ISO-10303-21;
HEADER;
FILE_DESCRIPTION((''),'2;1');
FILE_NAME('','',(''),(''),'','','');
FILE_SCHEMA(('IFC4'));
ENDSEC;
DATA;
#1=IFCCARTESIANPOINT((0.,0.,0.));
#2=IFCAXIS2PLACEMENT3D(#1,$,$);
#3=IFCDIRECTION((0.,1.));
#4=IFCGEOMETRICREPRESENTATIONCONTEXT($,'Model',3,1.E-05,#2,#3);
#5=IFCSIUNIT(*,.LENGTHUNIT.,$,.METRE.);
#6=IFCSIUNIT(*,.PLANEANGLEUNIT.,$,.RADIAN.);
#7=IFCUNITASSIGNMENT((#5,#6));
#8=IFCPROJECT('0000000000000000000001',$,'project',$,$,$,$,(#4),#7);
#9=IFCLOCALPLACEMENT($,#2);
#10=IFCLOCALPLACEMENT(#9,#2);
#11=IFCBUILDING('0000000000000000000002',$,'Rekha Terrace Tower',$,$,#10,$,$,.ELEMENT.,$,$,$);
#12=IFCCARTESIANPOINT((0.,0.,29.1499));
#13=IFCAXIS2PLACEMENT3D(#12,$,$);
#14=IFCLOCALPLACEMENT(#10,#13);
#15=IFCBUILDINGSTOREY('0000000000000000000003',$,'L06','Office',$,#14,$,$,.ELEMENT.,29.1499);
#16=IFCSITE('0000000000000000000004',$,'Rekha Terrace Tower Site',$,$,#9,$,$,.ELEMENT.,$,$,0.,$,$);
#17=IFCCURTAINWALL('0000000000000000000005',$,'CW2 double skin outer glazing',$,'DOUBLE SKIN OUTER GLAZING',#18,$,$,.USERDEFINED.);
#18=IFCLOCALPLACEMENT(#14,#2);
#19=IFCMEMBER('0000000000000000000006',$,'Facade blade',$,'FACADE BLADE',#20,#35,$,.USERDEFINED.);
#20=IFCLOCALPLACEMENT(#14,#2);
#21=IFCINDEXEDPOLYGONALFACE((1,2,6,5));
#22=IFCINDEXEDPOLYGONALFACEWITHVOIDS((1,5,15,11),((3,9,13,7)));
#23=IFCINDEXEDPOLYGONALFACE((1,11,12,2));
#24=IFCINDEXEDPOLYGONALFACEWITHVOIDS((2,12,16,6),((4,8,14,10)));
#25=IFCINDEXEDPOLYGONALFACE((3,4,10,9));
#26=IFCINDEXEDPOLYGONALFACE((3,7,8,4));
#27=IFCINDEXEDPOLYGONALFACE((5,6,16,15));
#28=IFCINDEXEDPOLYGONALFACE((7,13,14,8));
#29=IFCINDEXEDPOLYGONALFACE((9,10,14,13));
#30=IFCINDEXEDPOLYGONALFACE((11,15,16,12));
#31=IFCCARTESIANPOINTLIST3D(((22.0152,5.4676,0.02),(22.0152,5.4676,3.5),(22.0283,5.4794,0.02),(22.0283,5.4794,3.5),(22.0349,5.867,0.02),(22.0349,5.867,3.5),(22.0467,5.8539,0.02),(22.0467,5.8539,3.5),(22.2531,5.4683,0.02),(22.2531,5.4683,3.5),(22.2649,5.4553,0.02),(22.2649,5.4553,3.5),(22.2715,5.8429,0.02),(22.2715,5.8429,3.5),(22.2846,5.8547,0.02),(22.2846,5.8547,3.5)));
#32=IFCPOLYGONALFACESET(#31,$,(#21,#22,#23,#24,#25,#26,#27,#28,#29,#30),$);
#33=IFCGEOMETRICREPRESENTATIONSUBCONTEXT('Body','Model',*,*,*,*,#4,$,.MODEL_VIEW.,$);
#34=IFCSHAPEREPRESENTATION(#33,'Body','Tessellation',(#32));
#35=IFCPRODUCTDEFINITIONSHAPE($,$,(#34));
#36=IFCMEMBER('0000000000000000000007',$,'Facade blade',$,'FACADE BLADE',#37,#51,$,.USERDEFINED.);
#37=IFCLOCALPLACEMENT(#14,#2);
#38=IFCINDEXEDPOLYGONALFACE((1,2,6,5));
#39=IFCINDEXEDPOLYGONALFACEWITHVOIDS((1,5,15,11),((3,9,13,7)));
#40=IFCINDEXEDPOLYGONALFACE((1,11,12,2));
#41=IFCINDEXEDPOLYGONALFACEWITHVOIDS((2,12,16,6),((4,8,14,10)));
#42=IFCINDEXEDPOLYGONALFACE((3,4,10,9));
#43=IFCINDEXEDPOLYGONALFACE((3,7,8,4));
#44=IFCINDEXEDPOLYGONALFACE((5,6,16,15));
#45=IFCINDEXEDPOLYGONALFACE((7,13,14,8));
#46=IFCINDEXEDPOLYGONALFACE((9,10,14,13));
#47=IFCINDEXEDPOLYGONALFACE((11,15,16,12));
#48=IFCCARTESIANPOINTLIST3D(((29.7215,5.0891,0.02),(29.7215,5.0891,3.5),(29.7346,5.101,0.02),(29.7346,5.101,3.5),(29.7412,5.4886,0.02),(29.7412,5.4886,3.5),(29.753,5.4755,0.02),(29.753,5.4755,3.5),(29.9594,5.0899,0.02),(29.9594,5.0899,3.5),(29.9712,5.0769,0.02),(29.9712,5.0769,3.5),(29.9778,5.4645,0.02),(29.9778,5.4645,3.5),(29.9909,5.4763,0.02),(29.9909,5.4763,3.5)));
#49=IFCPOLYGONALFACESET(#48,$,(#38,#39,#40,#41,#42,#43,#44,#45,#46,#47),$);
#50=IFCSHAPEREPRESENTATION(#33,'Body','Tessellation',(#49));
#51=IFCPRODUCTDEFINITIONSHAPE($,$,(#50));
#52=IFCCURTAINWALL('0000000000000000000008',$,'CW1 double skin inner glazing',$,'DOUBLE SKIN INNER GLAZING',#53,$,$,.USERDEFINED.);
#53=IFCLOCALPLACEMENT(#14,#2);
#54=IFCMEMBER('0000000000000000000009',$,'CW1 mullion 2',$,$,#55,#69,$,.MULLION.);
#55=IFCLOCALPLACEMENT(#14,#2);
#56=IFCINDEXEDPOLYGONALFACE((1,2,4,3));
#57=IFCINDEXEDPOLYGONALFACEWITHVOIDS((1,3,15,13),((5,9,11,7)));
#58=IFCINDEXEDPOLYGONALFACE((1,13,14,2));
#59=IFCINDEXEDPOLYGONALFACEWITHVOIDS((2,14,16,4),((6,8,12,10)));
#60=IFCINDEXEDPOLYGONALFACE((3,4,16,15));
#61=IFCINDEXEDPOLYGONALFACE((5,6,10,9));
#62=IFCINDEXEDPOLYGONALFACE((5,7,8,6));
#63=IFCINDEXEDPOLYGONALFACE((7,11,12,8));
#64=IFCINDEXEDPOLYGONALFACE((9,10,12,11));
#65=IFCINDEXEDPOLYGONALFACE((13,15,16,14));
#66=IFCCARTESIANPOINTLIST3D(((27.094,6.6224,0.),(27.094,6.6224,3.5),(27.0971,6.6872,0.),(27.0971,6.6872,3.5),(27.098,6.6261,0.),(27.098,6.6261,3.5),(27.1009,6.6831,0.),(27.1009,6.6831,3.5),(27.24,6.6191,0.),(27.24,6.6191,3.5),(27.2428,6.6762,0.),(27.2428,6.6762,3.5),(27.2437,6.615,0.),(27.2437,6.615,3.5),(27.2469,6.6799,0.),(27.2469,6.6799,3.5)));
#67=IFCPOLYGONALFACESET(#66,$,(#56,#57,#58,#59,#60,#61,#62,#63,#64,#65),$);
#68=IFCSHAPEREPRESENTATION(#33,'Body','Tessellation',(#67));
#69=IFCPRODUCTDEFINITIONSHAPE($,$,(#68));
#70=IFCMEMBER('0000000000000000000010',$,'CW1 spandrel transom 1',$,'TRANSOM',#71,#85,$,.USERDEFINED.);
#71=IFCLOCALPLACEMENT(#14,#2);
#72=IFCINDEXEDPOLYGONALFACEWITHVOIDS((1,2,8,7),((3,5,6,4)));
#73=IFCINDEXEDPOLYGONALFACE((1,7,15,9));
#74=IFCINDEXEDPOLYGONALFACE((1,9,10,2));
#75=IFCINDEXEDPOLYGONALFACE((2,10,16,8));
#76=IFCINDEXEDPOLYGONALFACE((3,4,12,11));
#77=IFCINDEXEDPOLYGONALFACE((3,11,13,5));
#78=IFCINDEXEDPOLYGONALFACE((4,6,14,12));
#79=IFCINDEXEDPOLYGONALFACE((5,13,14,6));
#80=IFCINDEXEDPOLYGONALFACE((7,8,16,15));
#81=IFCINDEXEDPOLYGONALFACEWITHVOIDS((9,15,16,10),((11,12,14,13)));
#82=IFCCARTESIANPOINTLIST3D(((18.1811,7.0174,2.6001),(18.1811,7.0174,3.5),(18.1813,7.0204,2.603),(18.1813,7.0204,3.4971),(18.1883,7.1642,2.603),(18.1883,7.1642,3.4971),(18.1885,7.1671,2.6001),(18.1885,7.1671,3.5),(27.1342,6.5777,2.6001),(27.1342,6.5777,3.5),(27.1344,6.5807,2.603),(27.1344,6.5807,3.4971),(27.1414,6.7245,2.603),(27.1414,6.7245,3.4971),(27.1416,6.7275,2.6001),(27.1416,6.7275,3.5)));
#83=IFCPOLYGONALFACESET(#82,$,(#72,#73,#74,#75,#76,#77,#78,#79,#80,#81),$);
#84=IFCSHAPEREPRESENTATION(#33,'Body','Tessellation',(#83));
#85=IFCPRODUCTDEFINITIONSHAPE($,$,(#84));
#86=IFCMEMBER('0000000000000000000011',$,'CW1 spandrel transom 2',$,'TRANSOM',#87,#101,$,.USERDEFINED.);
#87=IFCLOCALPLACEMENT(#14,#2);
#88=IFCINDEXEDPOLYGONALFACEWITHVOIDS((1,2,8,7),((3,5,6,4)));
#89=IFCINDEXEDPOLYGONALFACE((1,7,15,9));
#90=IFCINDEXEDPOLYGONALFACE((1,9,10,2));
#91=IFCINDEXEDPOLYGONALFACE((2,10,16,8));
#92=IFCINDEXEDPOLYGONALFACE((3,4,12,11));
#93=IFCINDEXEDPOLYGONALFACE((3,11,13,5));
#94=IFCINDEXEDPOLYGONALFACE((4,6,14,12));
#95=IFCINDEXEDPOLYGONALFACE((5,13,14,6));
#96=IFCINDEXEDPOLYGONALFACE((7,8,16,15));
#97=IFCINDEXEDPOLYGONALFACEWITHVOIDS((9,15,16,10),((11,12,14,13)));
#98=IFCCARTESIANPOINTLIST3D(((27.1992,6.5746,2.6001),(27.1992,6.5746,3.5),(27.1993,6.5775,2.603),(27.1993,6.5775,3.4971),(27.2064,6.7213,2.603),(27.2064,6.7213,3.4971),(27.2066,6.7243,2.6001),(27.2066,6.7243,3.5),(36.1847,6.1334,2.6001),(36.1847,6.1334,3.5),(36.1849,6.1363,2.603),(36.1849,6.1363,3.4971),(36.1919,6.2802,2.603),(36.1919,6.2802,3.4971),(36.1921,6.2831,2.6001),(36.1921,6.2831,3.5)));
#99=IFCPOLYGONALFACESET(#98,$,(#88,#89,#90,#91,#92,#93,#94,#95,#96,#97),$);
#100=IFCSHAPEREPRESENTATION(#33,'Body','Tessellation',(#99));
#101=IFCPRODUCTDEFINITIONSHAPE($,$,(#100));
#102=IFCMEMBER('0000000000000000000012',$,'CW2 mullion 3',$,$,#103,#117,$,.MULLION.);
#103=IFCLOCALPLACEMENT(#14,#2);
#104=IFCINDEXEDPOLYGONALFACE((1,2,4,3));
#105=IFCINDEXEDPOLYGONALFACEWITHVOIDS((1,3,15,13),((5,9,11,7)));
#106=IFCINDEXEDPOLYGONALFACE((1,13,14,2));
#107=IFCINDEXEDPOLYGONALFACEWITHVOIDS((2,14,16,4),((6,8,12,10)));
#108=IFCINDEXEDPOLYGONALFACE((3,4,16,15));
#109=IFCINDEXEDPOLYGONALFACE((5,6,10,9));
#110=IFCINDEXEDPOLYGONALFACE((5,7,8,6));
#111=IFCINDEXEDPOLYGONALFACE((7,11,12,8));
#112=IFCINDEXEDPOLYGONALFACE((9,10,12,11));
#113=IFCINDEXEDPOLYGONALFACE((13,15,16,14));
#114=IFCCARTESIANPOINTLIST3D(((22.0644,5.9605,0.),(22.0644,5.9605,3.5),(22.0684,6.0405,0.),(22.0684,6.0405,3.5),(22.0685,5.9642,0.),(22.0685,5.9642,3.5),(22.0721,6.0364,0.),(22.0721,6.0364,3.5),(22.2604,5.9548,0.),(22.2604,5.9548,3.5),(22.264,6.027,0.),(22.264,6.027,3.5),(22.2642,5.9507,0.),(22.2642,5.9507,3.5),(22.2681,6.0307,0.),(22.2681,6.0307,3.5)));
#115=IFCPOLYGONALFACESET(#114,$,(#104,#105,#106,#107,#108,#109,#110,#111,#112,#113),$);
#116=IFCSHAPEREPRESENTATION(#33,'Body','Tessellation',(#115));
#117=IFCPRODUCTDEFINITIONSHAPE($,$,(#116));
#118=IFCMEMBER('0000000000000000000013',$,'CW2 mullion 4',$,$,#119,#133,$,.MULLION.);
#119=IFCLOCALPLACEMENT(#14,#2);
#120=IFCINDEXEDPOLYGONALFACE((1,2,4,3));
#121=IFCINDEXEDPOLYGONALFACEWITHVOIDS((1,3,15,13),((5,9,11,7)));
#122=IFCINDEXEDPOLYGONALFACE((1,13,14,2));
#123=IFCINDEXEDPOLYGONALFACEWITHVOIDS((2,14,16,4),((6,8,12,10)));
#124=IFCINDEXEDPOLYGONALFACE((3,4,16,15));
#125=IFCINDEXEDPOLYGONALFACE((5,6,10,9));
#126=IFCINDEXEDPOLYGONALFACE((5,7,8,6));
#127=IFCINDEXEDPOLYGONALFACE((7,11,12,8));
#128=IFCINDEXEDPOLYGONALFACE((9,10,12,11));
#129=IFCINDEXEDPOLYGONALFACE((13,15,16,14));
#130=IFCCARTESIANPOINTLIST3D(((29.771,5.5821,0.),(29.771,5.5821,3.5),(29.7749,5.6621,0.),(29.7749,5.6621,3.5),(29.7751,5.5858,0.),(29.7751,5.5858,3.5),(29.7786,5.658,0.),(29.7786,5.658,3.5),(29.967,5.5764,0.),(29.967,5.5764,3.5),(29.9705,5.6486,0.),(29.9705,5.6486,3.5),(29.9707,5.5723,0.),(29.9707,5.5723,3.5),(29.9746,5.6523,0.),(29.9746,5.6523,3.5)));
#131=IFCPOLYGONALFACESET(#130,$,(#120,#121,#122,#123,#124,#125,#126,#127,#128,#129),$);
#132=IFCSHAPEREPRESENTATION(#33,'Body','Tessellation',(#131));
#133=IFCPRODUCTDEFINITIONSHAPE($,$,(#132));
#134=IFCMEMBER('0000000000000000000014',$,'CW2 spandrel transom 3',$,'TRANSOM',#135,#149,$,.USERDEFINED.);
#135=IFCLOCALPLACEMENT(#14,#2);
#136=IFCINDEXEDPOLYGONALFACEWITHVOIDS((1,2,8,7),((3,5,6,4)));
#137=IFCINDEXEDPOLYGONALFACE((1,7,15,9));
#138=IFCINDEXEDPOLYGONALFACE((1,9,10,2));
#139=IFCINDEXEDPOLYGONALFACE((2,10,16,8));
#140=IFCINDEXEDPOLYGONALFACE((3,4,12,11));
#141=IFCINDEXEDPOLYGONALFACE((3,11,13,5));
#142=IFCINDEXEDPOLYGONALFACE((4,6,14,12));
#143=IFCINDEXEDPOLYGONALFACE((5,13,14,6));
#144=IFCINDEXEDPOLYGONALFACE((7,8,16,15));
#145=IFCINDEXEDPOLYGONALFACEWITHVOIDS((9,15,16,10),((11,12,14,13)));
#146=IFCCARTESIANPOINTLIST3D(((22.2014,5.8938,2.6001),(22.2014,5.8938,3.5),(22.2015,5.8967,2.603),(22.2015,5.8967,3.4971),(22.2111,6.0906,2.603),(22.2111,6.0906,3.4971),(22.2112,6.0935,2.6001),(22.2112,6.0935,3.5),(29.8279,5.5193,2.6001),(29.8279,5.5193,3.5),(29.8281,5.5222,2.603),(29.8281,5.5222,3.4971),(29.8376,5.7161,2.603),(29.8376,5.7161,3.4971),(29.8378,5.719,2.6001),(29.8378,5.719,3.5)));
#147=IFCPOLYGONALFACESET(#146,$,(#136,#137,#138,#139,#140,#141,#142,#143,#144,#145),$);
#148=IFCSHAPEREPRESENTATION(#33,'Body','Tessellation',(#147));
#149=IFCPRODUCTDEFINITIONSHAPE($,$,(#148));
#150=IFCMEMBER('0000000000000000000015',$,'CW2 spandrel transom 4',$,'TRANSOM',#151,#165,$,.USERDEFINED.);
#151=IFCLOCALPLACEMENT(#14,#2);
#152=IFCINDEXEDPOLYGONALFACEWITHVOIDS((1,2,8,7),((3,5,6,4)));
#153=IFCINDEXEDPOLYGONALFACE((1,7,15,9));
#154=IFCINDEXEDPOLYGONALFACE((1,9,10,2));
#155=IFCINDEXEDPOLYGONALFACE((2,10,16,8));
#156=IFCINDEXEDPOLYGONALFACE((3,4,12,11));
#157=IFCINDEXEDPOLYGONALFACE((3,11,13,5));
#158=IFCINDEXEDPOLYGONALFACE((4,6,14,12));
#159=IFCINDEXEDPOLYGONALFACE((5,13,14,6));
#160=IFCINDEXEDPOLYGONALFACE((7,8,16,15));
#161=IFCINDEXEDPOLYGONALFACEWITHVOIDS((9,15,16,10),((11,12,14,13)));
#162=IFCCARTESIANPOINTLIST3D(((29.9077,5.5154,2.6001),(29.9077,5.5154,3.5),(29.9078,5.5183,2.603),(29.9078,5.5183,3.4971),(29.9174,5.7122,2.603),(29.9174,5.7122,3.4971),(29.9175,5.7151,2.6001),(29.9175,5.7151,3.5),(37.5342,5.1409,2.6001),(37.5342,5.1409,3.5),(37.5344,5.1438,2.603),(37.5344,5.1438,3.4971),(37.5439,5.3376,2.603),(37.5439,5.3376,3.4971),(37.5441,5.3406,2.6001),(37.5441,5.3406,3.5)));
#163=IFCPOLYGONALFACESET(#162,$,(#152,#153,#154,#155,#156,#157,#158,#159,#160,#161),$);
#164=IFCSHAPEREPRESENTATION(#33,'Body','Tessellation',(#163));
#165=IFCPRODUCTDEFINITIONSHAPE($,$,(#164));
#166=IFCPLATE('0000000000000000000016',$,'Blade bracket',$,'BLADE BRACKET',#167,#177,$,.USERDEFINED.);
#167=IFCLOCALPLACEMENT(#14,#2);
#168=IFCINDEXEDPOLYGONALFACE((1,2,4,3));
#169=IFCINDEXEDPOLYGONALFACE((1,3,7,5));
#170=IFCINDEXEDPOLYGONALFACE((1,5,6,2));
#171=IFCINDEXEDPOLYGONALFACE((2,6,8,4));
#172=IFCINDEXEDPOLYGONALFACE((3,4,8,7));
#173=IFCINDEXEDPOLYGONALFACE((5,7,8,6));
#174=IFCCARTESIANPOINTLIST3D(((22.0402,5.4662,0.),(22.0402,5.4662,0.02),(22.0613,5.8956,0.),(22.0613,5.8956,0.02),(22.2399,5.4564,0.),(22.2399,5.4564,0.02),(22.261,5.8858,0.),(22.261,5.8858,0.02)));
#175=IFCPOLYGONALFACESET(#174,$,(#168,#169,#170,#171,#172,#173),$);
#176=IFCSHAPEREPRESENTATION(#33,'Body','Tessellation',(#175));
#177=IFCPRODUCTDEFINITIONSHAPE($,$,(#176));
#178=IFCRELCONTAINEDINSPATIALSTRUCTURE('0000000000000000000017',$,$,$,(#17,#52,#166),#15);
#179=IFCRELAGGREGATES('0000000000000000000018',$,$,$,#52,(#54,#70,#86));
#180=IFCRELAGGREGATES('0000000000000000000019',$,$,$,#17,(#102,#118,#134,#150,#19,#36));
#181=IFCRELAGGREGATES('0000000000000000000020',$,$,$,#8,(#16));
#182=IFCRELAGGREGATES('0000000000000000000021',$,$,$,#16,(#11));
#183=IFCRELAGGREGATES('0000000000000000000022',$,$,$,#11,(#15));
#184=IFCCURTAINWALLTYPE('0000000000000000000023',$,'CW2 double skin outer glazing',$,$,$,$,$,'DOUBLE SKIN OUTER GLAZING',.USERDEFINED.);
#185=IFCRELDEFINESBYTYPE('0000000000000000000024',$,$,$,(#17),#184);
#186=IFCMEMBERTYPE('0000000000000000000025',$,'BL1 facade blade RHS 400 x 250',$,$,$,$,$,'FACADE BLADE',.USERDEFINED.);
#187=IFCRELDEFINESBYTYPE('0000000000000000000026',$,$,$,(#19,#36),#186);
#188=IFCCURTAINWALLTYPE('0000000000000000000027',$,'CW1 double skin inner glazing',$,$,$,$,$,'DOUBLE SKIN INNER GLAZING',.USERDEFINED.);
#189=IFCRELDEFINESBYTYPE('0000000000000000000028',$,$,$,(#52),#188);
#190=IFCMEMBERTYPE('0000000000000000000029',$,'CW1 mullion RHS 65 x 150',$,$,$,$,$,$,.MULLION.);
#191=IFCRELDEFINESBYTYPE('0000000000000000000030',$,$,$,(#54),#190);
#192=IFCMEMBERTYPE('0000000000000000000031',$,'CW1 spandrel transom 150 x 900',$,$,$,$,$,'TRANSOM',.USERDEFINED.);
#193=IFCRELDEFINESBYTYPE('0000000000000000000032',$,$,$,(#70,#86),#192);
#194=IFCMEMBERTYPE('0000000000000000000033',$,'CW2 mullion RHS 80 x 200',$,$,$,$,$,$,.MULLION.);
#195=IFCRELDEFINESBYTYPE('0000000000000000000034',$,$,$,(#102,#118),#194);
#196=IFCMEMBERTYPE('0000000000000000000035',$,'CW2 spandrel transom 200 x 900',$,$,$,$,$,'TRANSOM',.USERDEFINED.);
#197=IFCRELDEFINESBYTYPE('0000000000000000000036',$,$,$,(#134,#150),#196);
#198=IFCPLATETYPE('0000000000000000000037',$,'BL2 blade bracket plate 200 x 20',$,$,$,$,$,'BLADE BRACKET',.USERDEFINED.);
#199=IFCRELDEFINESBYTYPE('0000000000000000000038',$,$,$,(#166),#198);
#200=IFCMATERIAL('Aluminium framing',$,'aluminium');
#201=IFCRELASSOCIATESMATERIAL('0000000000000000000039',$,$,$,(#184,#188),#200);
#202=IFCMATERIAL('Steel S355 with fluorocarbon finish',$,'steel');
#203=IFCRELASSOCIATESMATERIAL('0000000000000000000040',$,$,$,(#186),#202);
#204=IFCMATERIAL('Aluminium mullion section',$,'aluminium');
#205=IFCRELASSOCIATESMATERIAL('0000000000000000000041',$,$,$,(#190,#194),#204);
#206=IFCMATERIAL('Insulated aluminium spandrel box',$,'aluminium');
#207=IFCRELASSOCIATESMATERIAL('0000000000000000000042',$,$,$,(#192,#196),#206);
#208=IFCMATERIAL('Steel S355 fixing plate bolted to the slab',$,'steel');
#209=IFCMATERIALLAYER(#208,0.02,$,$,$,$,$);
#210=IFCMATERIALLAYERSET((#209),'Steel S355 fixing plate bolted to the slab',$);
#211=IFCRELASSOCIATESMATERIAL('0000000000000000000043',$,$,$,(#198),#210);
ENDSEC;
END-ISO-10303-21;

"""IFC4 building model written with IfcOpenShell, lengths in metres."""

from ifc_helpers import new_model, si_unit, direction, frame, origin, origin_2d, place, context, subcontext, project, spatial, rectangle, hollow_rectangle, extrude, material, layer, layer_set, material_profile, profile_set, type_object, element, aggregate, save


model = new_model("IFC4")

# Units and contexts
model_context = context("Model", 3, precision=1e-05, world=origin(), true_north=direction((0.0, 1.0)))
body_context = subcontext(model_context, "Body", "Model", "MODEL_VIEW")
ifc_project = project(units=[si_unit("LENGTHUNIT", "METRE"), si_unit("PLANEANGLEUNIT", "RADIAN")], contexts=[model_context])

# Site, building, storey
site_placement = place(None, origin())
site = spatial("IfcSite", under=ifc_project, at=site_placement, Name="Rekha Terrace Tower Site", CompositionType="ELEMENT", RefElevation=0.0)
building_placement = place(site_placement, origin())
building = spatial("IfcBuilding", under=site, at=building_placement, Name="Rekha Terrace Tower", CompositionType="ELEMENT")
storey_placement = place(building_placement, frame((0.0, 0.0, 29.1499)))
storey = spatial("IfcBuildingStorey", under=building, at=storey_placement, Name="L06", Description="Office", CompositionType="ELEMENT", Elevation=29.1499)

# Curtain walls, members
ifc_material_1 = material(Name="Aluminium framing", Category="aluminium")
curtain_wall_type_1 = type_object("IfcCurtainWallType", Name="CW2 double skin outer glazing", ElementType="DOUBLE SKIN OUTER GLAZING", PredefinedType="USERDEFINED", material=ifc_material_1)
curtain_wall_1_placement = place(storey_placement, origin())
curtain_wall_1 = element("IfcCurtainWall", 1, at=curtain_wall_1_placement, inside=storey, type_object=curtain_wall_type_1, Name="CW2 double skin outer glazing", ObjectType="DOUBLE SKIN OUTER GLAZING", PredefinedType="USERDEFINED")
ifc_material_2 = material(Name="Steel S355 with fluorocarbon finish", Category="steel")
ifc_material_profile_1 = material_profile(ifc_material_2, hollow_rectangle(XDim=0.25, YDim=0.3999, WallThickness=0.0125, at=origin_2d()), Name="RHS400x250x12.5")
ifc_profile_set_1 = profile_set([ifc_material_profile_1], Name="Steel S355 with fluorocarbon finish")
member_type_1 = type_object("IfcMemberType", Name="BL1 facade blade RHS 400 x 250", ElementType="FACADE BLADE", PredefinedType="USERDEFINED", material=ifc_profile_set_1)
member_1_placement = place(storey_placement, frame((22.1499, 5.6611, 0.02), z_axis=(0.0, 0.0, 1.0), x_axis=(0.998796, -0.049052, 0.0)))
member_1 = element("IfcMember", 2, at=member_1_placement, type_object=member_type_1, Name="Facade blade", ObjectType="FACADE BLADE", PredefinedType="USERDEFINED", context=body_context, shape_type="SweptSolid", body=[
    extrude(hollow_rectangle(XDim=0.25, YDim=0.3999, WallThickness=0.0125, at=origin_2d()), origin(), (0.0, 0.0, 1.0), 3.48),
])
member_2_placement = place(storey_placement, frame((29.8562, 5.2827, 0.02), z_axis=(0.0, 0.0, 1.0), x_axis=(0.998796, -0.049052, 0.0)))
member_2 = element("IfcMember", 3, at=member_2_placement, type_object=member_type_1, Name="Facade blade", ObjectType="FACADE BLADE", PredefinedType="USERDEFINED", context=body_context, shape_type="SweptSolid", body=[
    extrude(hollow_rectangle(XDim=0.25, YDim=0.3999, WallThickness=0.0125, at=origin_2d()), origin(), (0.0, 0.0, 1.0), 3.48),
])
curtain_wall_type_2 = type_object("IfcCurtainWallType", Name="CW1 double skin inner glazing", ElementType="DOUBLE SKIN INNER GLAZING", PredefinedType="USERDEFINED", material=ifc_material_1)
curtain_wall_2_placement = place(storey_placement, origin())
curtain_wall_2 = element("IfcCurtainWall", 4, at=curtain_wall_2_placement, inside=storey, type_object=curtain_wall_type_2, Name="CW1 double skin inner glazing", ObjectType="DOUBLE SKIN INNER GLAZING", PredefinedType="USERDEFINED")
ifc_material_3 = material(Name="Aluminium mullion section", Category="aluminium")
ifc_material_profile_2 = material_profile(ifc_material_3, hollow_rectangle(XDim=0.0649, YDim=0.1499, WallThickness=0.0039, at=origin_2d()), Name="AL RHS 65x150")
ifc_profile_set_2 = profile_set([ifc_material_profile_2], Name="Aluminium mullion section")
member_type_2 = type_object("IfcMemberType", Name="CW1 mullion RHS 65 x 150", PredefinedType="MULLION", material=ifc_profile_set_2)
member_3_placement = place(storey_placement, frame((27.1704, 6.6511, 0.0), z_axis=(0.0, 0.0, 1.0), x_axis=(0.049052, 0.998796, 0.0)))
member_3 = element("IfcMember", 5, at=member_3_placement, type_object=member_type_2, Name="CW1 mullion 2", PredefinedType="MULLION", context=body_context, shape_type="SweptSolid", body=[
    extrude(hollow_rectangle(XDim=0.0649, YDim=0.1499, WallThickness=0.0039, at=origin_2d()), origin(), (0.0, 0.0, 1.0), 3.5),
])
ifc_material_4 = material(Name="Insulated aluminium spandrel box", Category="aluminium")
ifc_material_profile_3 = material_profile(ifc_material_4, hollow_rectangle(XDim=0.1499, YDim=0.8999, WallThickness=0.0029, at=origin_2d()), Name="AL SPANDREL BOX 150x900")
ifc_profile_set_3 = profile_set([ifc_material_profile_3], Name="Insulated aluminium spandrel box")
member_type_3 = type_object("IfcMemberType", Name="CW1 spandrel transom 150 x 900", ElementType="TRANSOM", PredefinedType="USERDEFINED", material=ifc_profile_set_3)
member_4_placement = place(storey_placement, frame((18.1848, 7.0923, 3.05), z_axis=(0.998796, -0.049052, 0.0), x_axis=(0.049052, 0.998796, 0.0)))
member_4 = element("IfcMember", 6, at=member_4_placement, type_object=member_type_3, Name="CW1 spandrel transom 1", ObjectType="TRANSOM", PredefinedType="USERDEFINED", context=body_context, shape_type="SweptSolid", body=[
    extrude(hollow_rectangle(XDim=0.1499, YDim=0.8999, WallThickness=0.0029, at=origin_2d()), origin(), (0.0, 0.0, 1.0), 8.9639),
])
member_5_placement = place(storey_placement, frame((27.2029, 6.6494, 3.05), z_axis=(0.998797, -0.049038, 0.0), x_axis=(0.049038, 0.998797, 0.0)))
member_5 = element("IfcMember", 7, at=member_5_placement, type_object=member_type_3, Name="CW1 spandrel transom 2", ObjectType="TRANSOM", PredefinedType="USERDEFINED", context=body_context, shape_type="SweptSolid", body=[
    extrude(hollow_rectangle(XDim=0.1499, YDim=0.8999, WallThickness=0.0029, at=origin_2d()), origin(), (0.0, 0.0, 1.0), 8.9963),
])

# Members
ifc_material_profile_4 = material_profile(ifc_material_3, hollow_rectangle(XDim=0.0801, YDim=0.2, WallThickness=0.0039, at=origin_2d()), Name="AL RHS 80x200")
ifc_profile_set_4 = profile_set([ifc_material_profile_4], Name="Aluminium mullion section")
member_type_4 = type_object("IfcMemberType", Name="CW2 mullion RHS 80 x 200", PredefinedType="MULLION", material=ifc_profile_set_4)
member_6_placement = place(storey_placement, frame((22.1663, 5.9956, 0.0), z_axis=(0.0, 0.0, 1.0), x_axis=(0.049052, 0.998796, 0.0)))
member_6 = element("IfcMember", 8, at=member_6_placement, type_object=member_type_4, Name="CW2 mullion 3", PredefinedType="MULLION", context=body_context, shape_type="SweptSolid", body=[
    extrude(hollow_rectangle(XDim=0.0801, YDim=0.2, WallThickness=0.0039, at=origin_2d()), origin(), (0.0, 0.0, 1.0), 3.5),
])
member_7_placement = place(storey_placement, frame((29.8728, 5.6172, 0.0), z_axis=(0.0, 0.0, 1.0), x_axis=(0.049052, 0.998796, 0.0)))
member_7 = element("IfcMember", 9, at=member_7_placement, type_object=member_type_4, Name="CW2 mullion 4", PredefinedType="MULLION", context=body_context, shape_type="SweptSolid", body=[
    extrude(hollow_rectangle(XDim=0.0801, YDim=0.2, WallThickness=0.0039, at=origin_2d()), origin(), (0.0, 0.0, 1.0), 3.5),
])
ifc_material_profile_5 = material_profile(ifc_material_4, hollow_rectangle(XDim=0.2, YDim=0.8999, WallThickness=0.0029, at=origin_2d()), Name="AL SPANDREL BOX 200x900")
ifc_profile_set_5 = profile_set([ifc_material_profile_5], Name="Insulated aluminium spandrel box")
member_type_5 = type_object("IfcMemberType", Name="CW2 spandrel transom 200 x 900", ElementType="TRANSOM", PredefinedType="USERDEFINED", material=ifc_profile_set_5)
member_8_placement = place(storey_placement, frame((22.2063, 5.9937, 3.05), z_axis=(0.998796, -0.049048, 0.0), x_axis=(0.049048, 0.998796, 0.0)))
member_8 = element("IfcMember", 10, at=member_8_placement, type_object=member_type_5, Name="CW2 spandrel transom 3", ObjectType="TRANSOM", PredefinedType="USERDEFINED", context=body_context, shape_type="SweptSolid", body=[
    extrude(hollow_rectangle(XDim=0.2, YDim=0.8999, WallThickness=0.0029, at=origin_2d()), origin(), (0.0, 0.0, 1.0), 7.6357),
])
member_9_placement = place(storey_placement, frame((29.9126, 5.6152, 3.05), z_axis=(0.998796, -0.049048, 0.0), x_axis=(0.049048, 0.998796, 0.0)))
member_9 = element("IfcMember", 11, at=member_9_placement, type_object=member_type_5, Name="CW2 spandrel transom 4", ObjectType="TRANSOM", PredefinedType="USERDEFINED", context=body_context, shape_type="SweptSolid", body=[
    extrude(hollow_rectangle(XDim=0.2, YDim=0.8999, WallThickness=0.0029, at=origin_2d()), origin(), (0.0, 0.0, 1.0), 7.6357),
])

# Plate
ifc_material_5 = material(Name="Steel S355 fixing plate bolted to the slab", Category="steel")
ifc_layer_1 = layer(ifc_material_5, 0.02)
ifc_layer_set_1 = layer_set([ifc_layer_1], Name="Steel S355 fixing plate bolted to the slab")
plate_type_1 = type_object("IfcPlateType", Name="BL2 blade bracket plate 200 x 20", ElementType="BLADE BRACKET", PredefinedType="USERDEFINED", material=ifc_layer_set_1)
for number, where, z_axis, x_axis, name in (
    (12, (22.1506, 5.676, 0.0), (0.0, 0.0, 1.0), (-0.049052, -0.998796, 0.0), "Blade bracket"),
):
    element("IfcPlate", number, at=place(storey_placement, frame(where, z_axis=z_axis, x_axis=x_axis)), inside=storey, type_object=plate_type_1, Name=name, ObjectType="BLADE BRACKET", PredefinedType="USERDEFINED", context=body_context, shape_type="SweptSolid", body=[
        extrude(rectangle(XDim=0.4299, YDim=0.2, at=origin_2d()), origin(), (0.0, 0.0, 1.0), 0.02),
    ])

aggregate(curtain_wall_2, [member_3, member_4, member_5])
aggregate(curtain_wall_1, [member_6, member_7, member_8, member_9, member_1, member_2])

save(model, "model.ifc")
